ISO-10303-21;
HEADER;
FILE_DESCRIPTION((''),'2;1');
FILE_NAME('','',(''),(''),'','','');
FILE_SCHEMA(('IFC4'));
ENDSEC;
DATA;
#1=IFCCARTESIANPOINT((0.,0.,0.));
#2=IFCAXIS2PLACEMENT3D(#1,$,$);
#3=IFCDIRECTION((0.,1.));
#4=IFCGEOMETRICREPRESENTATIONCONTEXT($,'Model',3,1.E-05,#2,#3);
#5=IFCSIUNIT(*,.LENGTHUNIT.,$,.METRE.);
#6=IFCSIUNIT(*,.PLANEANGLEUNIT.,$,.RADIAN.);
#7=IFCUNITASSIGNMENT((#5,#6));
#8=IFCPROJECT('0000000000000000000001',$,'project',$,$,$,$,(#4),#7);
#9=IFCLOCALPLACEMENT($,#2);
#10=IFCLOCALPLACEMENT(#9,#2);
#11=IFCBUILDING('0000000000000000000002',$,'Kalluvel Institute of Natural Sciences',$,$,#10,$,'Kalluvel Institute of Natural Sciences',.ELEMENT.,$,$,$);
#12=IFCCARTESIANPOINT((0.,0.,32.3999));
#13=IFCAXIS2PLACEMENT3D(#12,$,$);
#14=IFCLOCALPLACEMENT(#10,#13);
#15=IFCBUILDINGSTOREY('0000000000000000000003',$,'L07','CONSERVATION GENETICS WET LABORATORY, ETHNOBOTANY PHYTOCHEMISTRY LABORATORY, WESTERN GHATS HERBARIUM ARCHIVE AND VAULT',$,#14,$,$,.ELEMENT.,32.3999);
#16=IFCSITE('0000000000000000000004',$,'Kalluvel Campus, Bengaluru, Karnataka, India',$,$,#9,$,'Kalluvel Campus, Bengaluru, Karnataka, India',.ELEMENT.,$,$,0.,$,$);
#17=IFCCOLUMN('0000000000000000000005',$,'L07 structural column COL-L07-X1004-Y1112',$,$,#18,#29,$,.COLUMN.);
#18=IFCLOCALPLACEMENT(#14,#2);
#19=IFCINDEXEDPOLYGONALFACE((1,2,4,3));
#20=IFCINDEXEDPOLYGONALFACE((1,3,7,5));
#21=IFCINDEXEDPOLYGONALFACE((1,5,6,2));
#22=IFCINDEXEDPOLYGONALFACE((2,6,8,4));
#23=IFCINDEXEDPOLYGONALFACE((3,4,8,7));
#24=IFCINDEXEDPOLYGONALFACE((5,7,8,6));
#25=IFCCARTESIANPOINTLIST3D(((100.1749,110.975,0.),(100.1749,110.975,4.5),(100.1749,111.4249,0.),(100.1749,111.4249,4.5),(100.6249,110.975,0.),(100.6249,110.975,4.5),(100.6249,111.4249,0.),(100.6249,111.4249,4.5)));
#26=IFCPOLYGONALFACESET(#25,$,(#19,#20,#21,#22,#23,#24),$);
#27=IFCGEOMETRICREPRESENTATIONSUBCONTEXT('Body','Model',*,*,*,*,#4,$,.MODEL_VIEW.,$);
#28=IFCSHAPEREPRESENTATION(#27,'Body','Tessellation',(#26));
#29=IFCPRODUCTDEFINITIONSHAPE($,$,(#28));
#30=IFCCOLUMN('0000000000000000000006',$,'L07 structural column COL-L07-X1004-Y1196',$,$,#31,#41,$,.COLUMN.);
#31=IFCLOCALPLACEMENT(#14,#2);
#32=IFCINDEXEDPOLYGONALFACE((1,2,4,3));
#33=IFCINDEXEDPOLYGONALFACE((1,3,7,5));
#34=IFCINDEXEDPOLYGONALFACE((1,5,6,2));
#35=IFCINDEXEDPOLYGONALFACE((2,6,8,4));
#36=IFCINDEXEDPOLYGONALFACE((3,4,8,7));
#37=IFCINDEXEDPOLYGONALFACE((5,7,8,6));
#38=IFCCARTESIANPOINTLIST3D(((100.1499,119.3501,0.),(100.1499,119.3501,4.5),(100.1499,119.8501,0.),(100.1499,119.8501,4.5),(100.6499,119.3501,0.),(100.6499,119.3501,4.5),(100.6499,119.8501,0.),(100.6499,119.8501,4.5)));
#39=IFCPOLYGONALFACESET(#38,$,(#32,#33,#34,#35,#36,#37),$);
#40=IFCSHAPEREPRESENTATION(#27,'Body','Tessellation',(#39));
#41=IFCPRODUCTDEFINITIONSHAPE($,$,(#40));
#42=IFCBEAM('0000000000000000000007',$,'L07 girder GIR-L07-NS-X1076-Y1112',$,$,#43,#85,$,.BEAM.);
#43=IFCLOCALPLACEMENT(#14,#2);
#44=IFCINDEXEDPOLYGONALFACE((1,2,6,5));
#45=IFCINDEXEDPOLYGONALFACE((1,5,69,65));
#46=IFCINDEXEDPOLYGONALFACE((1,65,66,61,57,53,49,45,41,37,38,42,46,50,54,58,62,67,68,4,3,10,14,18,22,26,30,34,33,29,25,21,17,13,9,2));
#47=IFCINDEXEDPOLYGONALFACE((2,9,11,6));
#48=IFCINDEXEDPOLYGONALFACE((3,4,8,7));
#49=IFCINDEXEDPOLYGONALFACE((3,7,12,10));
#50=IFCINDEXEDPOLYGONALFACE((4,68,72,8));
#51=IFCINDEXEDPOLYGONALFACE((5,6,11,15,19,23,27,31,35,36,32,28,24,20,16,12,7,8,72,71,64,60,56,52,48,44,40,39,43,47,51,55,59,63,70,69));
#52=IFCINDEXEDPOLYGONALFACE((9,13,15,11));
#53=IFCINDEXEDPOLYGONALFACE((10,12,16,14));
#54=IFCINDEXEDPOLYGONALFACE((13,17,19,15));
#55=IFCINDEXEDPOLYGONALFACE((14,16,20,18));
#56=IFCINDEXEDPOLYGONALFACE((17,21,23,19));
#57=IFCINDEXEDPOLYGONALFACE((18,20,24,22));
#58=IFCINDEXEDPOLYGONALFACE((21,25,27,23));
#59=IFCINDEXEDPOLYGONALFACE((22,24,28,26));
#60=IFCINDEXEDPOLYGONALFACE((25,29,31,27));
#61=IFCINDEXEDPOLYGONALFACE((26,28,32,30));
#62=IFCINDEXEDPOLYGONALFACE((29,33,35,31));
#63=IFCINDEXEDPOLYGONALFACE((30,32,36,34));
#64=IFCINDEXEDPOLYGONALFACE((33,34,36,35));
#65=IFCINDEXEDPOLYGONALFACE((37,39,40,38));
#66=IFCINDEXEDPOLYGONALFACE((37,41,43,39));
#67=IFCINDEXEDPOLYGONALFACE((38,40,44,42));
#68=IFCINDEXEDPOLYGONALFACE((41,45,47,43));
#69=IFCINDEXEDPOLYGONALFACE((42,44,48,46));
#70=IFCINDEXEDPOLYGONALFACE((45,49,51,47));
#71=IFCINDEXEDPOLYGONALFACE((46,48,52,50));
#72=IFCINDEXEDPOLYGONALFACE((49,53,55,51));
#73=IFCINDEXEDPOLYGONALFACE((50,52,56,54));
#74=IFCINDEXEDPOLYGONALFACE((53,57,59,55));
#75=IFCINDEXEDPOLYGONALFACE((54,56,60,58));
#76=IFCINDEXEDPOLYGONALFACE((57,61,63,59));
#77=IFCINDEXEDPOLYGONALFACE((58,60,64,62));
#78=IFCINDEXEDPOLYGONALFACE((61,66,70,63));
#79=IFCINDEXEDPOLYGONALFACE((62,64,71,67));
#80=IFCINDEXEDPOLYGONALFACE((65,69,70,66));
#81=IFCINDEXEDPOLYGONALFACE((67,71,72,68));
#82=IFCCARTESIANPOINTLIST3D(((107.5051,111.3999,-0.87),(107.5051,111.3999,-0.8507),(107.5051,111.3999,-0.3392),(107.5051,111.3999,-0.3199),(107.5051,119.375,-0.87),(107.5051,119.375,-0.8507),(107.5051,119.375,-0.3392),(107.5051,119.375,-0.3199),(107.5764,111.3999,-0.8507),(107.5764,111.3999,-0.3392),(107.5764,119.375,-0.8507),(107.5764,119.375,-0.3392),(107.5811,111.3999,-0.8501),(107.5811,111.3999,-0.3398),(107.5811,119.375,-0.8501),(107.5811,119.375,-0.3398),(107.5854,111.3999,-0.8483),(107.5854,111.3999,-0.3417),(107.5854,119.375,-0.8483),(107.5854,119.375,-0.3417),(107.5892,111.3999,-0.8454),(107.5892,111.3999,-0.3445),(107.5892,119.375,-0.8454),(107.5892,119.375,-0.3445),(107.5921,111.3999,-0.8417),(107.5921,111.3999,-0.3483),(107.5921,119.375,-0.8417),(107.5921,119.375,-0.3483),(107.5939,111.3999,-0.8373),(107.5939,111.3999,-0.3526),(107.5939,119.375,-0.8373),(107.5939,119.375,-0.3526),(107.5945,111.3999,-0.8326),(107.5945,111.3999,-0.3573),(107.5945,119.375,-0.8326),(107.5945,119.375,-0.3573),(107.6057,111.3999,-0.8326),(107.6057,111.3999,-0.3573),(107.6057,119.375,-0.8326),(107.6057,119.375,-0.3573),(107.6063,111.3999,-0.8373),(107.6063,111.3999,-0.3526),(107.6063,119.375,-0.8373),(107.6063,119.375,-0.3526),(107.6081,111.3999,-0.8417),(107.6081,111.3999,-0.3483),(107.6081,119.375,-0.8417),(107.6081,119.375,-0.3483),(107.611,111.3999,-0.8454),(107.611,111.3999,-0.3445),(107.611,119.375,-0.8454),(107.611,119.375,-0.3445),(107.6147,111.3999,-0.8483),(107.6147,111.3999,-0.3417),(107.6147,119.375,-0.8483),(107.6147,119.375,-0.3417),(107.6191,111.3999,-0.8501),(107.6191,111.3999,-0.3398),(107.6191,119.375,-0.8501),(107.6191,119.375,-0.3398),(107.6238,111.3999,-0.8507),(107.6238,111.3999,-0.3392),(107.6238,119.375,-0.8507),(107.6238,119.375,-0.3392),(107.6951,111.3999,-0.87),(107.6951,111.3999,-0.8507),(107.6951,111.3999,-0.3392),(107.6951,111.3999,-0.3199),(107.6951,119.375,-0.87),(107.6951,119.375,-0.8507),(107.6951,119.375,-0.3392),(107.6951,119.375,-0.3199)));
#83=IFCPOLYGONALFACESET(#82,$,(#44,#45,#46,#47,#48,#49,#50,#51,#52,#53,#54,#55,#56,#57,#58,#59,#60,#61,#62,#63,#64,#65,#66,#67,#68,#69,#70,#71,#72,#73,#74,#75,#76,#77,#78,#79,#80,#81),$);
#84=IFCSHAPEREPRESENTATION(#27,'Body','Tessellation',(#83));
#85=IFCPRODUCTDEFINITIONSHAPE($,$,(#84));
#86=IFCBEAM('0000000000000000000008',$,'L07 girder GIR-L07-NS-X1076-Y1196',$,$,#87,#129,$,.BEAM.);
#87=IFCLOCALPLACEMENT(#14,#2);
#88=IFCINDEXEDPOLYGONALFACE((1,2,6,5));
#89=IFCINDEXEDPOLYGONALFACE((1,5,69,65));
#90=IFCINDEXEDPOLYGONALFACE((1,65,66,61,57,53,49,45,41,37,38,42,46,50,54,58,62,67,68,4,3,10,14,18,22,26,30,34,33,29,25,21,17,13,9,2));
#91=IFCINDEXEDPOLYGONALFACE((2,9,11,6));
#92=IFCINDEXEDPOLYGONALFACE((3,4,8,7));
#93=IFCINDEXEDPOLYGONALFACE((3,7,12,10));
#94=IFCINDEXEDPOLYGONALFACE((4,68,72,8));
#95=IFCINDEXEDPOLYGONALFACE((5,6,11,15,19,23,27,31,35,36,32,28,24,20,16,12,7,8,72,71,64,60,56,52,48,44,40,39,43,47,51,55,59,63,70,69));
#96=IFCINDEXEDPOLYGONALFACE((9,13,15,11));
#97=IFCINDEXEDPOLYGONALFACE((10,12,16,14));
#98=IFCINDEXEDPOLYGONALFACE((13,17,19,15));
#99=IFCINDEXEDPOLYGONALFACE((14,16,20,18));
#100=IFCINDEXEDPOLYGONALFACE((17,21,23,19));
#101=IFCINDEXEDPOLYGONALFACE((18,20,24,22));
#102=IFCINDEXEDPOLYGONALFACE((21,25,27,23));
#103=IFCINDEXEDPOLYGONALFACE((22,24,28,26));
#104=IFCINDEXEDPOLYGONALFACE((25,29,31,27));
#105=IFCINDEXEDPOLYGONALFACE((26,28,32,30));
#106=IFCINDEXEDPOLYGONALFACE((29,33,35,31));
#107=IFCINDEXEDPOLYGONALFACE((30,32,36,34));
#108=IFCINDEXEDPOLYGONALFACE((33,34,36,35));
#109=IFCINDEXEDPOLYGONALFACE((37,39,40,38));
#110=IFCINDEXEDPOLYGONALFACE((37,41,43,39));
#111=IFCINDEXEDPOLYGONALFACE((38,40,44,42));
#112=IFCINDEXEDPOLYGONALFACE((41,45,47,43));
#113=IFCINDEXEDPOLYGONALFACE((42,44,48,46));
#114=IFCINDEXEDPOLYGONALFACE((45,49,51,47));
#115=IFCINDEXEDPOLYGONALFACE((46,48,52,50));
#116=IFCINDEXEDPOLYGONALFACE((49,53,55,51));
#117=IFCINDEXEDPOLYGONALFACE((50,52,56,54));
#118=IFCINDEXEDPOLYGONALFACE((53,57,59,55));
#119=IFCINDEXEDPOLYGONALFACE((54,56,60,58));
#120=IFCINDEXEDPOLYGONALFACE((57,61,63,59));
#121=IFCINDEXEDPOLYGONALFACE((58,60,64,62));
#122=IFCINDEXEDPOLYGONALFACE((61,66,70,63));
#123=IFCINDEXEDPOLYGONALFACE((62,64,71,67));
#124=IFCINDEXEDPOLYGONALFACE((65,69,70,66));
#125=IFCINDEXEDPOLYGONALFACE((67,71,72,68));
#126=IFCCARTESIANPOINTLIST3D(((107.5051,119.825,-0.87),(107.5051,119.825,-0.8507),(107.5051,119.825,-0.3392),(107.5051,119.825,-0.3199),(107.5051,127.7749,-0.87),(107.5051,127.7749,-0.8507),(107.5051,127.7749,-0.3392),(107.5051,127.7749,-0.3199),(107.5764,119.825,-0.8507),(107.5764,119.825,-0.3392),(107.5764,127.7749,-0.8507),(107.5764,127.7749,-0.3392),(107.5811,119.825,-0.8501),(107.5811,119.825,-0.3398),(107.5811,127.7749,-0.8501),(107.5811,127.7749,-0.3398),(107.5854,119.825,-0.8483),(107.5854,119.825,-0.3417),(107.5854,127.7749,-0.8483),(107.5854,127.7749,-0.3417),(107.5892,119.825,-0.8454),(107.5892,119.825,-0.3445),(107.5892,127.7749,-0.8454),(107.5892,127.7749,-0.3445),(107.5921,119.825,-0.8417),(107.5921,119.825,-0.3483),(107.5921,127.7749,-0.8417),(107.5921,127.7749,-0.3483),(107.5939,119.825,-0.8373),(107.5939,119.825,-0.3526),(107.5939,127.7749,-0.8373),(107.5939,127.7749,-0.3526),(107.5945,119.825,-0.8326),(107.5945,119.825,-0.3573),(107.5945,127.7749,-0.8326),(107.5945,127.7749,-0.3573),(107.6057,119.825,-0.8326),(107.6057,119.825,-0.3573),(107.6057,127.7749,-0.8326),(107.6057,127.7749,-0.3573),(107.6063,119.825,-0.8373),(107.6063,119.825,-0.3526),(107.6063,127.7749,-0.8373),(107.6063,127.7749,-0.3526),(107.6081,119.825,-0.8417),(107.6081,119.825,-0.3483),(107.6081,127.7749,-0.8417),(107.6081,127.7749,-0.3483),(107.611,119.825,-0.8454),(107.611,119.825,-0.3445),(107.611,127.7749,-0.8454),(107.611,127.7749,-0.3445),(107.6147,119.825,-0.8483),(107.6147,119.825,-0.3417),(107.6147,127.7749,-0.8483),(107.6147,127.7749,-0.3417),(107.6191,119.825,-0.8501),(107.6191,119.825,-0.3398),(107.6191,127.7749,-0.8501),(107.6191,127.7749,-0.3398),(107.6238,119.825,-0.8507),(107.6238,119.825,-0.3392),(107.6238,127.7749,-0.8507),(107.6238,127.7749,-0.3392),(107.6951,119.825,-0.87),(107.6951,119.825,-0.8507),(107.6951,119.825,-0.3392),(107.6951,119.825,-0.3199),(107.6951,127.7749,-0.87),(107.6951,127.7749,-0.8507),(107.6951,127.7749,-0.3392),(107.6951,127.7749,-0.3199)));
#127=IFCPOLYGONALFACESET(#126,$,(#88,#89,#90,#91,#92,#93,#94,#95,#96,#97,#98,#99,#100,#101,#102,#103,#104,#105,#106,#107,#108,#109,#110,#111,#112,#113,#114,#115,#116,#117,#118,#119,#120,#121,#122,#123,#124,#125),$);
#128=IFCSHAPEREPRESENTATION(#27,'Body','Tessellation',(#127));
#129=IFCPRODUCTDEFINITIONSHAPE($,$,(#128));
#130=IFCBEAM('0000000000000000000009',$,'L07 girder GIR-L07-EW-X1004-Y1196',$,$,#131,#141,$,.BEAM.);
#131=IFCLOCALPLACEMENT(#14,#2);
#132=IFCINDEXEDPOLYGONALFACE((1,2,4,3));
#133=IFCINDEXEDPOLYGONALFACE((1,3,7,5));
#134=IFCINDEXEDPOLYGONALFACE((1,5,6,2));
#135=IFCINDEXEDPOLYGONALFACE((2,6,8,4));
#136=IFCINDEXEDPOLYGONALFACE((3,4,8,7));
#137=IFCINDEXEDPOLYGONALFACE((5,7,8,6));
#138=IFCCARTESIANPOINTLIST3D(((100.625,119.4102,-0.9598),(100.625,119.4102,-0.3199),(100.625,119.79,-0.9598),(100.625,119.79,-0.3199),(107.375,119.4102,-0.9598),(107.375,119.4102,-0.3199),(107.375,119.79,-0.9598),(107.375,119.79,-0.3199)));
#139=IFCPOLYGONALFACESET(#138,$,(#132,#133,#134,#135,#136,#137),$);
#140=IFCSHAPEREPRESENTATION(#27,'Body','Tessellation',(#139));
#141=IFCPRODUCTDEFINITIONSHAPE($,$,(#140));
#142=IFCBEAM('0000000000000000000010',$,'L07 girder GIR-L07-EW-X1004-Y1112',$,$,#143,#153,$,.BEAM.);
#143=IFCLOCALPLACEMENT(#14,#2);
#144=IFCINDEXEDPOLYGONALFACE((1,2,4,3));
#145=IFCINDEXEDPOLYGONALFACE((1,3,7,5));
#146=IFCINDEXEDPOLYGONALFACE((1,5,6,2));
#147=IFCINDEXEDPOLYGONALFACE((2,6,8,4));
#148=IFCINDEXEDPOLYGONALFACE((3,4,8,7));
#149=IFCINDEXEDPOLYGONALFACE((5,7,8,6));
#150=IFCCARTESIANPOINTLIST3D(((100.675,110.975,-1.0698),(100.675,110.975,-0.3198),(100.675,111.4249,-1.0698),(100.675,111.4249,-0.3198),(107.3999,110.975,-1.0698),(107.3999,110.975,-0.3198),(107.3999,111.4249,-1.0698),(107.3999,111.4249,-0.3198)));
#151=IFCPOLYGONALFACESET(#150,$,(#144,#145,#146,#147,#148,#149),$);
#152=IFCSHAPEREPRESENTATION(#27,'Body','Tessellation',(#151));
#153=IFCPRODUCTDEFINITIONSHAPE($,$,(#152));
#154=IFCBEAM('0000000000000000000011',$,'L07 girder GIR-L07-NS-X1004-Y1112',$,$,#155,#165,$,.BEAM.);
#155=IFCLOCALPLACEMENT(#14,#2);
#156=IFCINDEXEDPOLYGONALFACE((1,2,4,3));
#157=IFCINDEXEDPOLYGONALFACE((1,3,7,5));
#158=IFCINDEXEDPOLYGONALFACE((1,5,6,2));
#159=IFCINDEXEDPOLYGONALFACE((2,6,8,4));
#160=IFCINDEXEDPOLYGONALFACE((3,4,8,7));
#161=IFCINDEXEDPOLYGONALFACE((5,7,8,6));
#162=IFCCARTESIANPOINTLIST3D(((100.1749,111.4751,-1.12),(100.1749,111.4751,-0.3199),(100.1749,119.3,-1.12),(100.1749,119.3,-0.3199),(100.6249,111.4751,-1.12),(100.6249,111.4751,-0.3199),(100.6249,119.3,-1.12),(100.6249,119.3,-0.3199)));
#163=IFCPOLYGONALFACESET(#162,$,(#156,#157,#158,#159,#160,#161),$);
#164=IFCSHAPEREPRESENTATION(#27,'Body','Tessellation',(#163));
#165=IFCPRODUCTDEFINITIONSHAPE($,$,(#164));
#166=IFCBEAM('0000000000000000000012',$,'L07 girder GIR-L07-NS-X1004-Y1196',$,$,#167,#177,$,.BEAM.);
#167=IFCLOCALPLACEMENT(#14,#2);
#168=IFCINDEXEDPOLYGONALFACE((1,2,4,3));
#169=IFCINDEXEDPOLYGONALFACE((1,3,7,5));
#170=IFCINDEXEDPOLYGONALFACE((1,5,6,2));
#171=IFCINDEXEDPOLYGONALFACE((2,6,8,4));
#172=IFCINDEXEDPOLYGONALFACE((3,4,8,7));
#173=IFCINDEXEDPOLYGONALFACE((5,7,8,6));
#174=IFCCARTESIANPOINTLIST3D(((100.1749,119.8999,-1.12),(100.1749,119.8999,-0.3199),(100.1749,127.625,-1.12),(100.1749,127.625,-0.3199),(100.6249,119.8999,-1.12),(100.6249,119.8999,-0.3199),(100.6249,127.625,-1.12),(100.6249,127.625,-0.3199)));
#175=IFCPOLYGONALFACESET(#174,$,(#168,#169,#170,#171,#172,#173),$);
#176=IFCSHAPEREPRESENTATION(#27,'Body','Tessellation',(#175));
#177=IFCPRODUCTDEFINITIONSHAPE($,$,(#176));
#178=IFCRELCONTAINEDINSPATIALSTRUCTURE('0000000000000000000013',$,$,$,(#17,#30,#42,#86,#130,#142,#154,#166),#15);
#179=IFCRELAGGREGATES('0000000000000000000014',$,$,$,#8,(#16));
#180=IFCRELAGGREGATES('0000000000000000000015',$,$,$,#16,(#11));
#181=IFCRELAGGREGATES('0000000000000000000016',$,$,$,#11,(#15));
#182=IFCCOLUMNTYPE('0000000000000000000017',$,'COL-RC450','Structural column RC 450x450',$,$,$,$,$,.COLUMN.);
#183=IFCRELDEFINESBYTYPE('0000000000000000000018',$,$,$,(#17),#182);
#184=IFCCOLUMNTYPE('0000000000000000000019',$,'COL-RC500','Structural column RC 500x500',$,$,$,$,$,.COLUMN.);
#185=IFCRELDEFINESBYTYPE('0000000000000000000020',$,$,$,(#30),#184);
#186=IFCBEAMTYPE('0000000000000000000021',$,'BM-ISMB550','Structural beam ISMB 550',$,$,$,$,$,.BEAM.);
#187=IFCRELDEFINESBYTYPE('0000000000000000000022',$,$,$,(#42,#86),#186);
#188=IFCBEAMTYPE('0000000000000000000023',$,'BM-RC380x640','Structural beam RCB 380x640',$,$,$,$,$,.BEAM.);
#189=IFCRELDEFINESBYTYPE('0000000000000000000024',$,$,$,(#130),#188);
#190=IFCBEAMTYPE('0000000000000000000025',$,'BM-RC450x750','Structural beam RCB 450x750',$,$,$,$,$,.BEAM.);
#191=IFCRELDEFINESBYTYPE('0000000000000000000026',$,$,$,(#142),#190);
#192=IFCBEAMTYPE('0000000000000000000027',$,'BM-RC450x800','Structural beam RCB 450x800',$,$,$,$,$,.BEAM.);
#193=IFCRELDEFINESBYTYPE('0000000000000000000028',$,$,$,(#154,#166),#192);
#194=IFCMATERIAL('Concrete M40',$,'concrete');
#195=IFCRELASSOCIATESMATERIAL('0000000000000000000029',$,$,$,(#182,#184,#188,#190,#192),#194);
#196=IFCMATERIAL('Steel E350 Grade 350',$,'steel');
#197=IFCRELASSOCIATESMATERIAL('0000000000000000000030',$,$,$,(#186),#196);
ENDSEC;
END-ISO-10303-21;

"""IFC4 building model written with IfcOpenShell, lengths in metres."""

from ifc_helpers import new_model, si_unit, direction, frame, origin, origin_2d, place, context, subcontext, project, spatial, rectangle, i_section, extrude, material, material_profile, profile_set, type_object, element, save


model = new_model("IFC4")

# Units and contexts
model_context = context("Model", 3, precision=1e-05, world=origin(), true_north=direction((0.0, 1.0)))
body_context = subcontext(model_context, "Body", "Model", "MODEL_VIEW")
ifc_project = project(units=[si_unit("LENGTHUNIT", "METRE"), si_unit("PLANEANGLEUNIT", "RADIAN")], contexts=[model_context])

# Site, building, storey
site_placement = place(None, origin())
site = spatial("IfcSite", under=ifc_project, at=site_placement, Name="Kalluvel Campus, Bengaluru, Karnataka, India", LongName="Kalluvel Campus, Bengaluru, Karnataka, India", CompositionType="ELEMENT", RefElevation=0.0)
building_placement = place(site_placement, origin())
building = spatial("IfcBuilding", under=site, at=building_placement, Name="Kalluvel Institute of Natural Sciences", LongName="Kalluvel Institute of Natural Sciences", CompositionType="ELEMENT")
storey_placement = place(building_placement, frame((0.0, 0.0, 32.3999)))
storey = spatial("IfcBuildingStorey", under=building, at=storey_placement, Name="L07", Description="CONSERVATION GENETICS WET LABORATORY, ETHNOBOTANY PHYTOCHEMISTRY LABORATORY, WESTERN GHATS HERBARIUM ARCHIVE AND VAULT", CompositionType="ELEMENT", Elevation=32.3999)

# Columns
ifc_material_1 = material(Name="Concrete M40", Category="concrete")
ifc_material_profile_1 = material_profile(ifc_material_1, rectangle(XDim=0.45, YDim=0.45, at=origin_2d()), Name="RC 450x450")
ifc_profile_set_1 = profile_set([ifc_material_profile_1], Name="Concrete M40")
column_type_1 = type_object("IfcColumnType", Name="COL-RC450", Description="Structural column RC 450x450", PredefinedType="COLUMN", material=ifc_profile_set_1)
column_1_placement = place(storey_placement, frame((100.3999, 111.2, 0.0), z_axis=(0.0, 0.0, 1.0), x_axis=(1.0, 0.0, 0.0)))
element("IfcColumn", 1, at=column_1_placement, inside=storey, type_object=column_type_1, Name="L07 structural column COL-L07-X1004-Y1112", PredefinedType="COLUMN", context=body_context, shape_type="SweptSolid", body=[
    extrude(rectangle(XDim=0.45, YDim=0.45, at=origin_2d()), origin(), (0.0, 0.0, 1.0), 4.5),
])
ifc_material_profile_2 = material_profile(ifc_material_1, rectangle(XDim=0.5, YDim=0.5, at=origin_2d()), Name="RC 500x500")
ifc_profile_set_2 = profile_set([ifc_material_profile_2], Name="Concrete M40")
column_type_2 = type_object("IfcColumnType", Name="COL-RC500", Description="Structural column RC 500x500", PredefinedType="COLUMN", material=ifc_profile_set_2)
column_2_placement = place(storey_placement, frame((100.3999, 119.6001, 0.0), z_axis=(0.0, 0.0, 1.0), x_axis=(1.0, 0.0, 0.0)))
element("IfcColumn", 2, at=column_2_placement, inside=storey, type_object=column_type_2, Name="L07 structural column COL-L07-X1004-Y1196", PredefinedType="COLUMN", context=body_context, shape_type="SweptSolid", body=[
    extrude(rectangle(XDim=0.5, YDim=0.5, at=origin_2d()), origin(), (0.0, 0.0, 1.0), 4.5),
])

# Beams
ifc_material_2 = material(Name="Steel E350 Grade 350", Category="steel")
ifc_material_profile_3 = material_profile(ifc_material_2, i_section(OverallWidth=0.1899, OverallDepth=0.55, WebThickness=0.0112, FlangeThickness=0.0193, FilletRadius=0.0181, at=origin_2d()), Name="ISMB 550")
ifc_profile_set_3 = profile_set([ifc_material_profile_3], Name="Steel E350 Grade 350")
beam_type_1 = type_object("IfcBeamType", Name="BM-ISMB550", Description="Structural beam ISMB 550", PredefinedType="BEAM", material=ifc_profile_set_3)
beam_1_placement = place(storey_placement, frame((107.6001, 111.3999, -0.595), z_axis=(0.0, 1.0, 0.0), x_axis=(-1.0, 0.0, 0.0)))
element("IfcBeam", 3, at=beam_1_placement, inside=storey, type_object=beam_type_1, Name="L07 girder GIR-L07-NS-X1076-Y1112", PredefinedType="BEAM", context=body_context, shape_type="SweptSolid", body=[
    extrude(i_section(OverallWidth=0.1899, OverallDepth=0.55, WebThickness=0.0112, FlangeThickness=0.0193, FilletRadius=0.0181, at=origin_2d()), origin(), (0.0, 0.0, 1.0), 7.9751),
])
beam_2_placement = place(storey_placement, frame((107.6001, 119.825, -0.595), z_axis=(0.0, 1.0, 0.0), x_axis=(-1.0, 0.0, 0.0)))
element("IfcBeam", 4, at=beam_2_placement, inside=storey, type_object=beam_type_1, Name="L07 girder GIR-L07-NS-X1076-Y1196", PredefinedType="BEAM", context=body_context, shape_type="SweptSolid", body=[
    extrude(i_section(OverallWidth=0.1899, OverallDepth=0.55, WebThickness=0.0112, FlangeThickness=0.0193, FilletRadius=0.0181, at=origin_2d()), origin(), (0.0, 0.0, 1.0), 7.95),
])
ifc_material_profile_4 = material_profile(ifc_material_1, rectangle(XDim=0.3799, YDim=0.6399, at=origin_2d()), Name="RCB 380x640")
ifc_profile_set_4 = profile_set([ifc_material_profile_4], Name="Concrete M40")
beam_type_2 = type_object("IfcBeamType", Name="BM-RC380x640", Description="Structural beam RCB 380x640", PredefinedType="BEAM", material=ifc_profile_set_4)
beam_3_placement = place(storey_placement, frame((100.625, 119.6001, -0.6399), z_axis=(1.0, 0.0, 0.0), x_axis=(0.0, 1.0, 0.0)))
element("IfcBeam", 5, at=beam_3_placement, inside=storey, type_object=beam_type_2, Name="L07 girder GIR-L07-EW-X1004-Y1196", PredefinedType="BEAM", context=body_context, shape_type="SweptSolid", body=[
    extrude(rectangle(XDim=0.3799, YDim=0.6399, at=origin_2d()), origin(), (0.0, 0.0, 1.0), 6.75),
])
ifc_material_profile_5 = material_profile(ifc_material_1, rectangle(XDim=0.45, YDim=0.75, at=origin_2d()), Name="RCB 450x750")
ifc_profile_set_5 = profile_set([ifc_material_profile_5], Name="Concrete M40")
beam_type_3 = type_object("IfcBeamType", Name="BM-RC450x750", Description="Structural beam RCB 450x750", PredefinedType="BEAM", material=ifc_profile_set_5)
beam_4_placement = place(storey_placement, frame((100.675, 111.2, -0.6948), z_axis=(1.0, 0.0, 0.0), x_axis=(0.0, 1.0, 0.0)))
element("IfcBeam", 6, at=beam_4_placement, inside=storey, type_object=beam_type_3, Name="L07 girder GIR-L07-EW-X1004-Y1112", PredefinedType="BEAM", context=body_context, shape_type="SweptSolid", body=[
    extrude(rectangle(XDim=0.45, YDim=0.75, at=origin_2d()), origin(), (0.0, 0.0, 1.0), 6.7249),
])
ifc_material_profile_6 = material_profile(ifc_material_1, rectangle(XDim=0.45, YDim=0.8, at=origin_2d()), Name="RCB 450x800")
ifc_profile_set_6 = profile_set([ifc_material_profile_6], Name="Concrete M40")
beam_type_4 = type_object("IfcBeamType", Name="BM-RC450x800", Description="Structural beam RCB 450x800", PredefinedType="BEAM", material=ifc_profile_set_6)
beam_5_placement = place(storey_placement, frame((100.3999, 111.4751, -0.72), z_axis=(0.0, 1.0, 0.0), x_axis=(-1.0, 0.0, 0.0)))
element("IfcBeam", 7, at=beam_5_placement, inside=storey, type_object=beam_type_4, Name="L07 girder GIR-L07-NS-X1004-Y1112", PredefinedType="BEAM", context=body_context, shape_type="SweptSolid", body=[
    extrude(rectangle(XDim=0.45, YDim=0.8, at=origin_2d()), origin(), (0.0, 0.0, 1.0), 7.825),
])
beam_6_placement = place(storey_placement, frame((100.3999, 119.8999, -0.72), z_axis=(0.0, 1.0, 0.0), x_axis=(-1.0, 0.0, 0.0)))
element("IfcBeam", 8, at=beam_6_placement, inside=storey, type_object=beam_type_4, Name="L07 girder GIR-L07-NS-X1004-Y1196", PredefinedType="BEAM", context=body_context, shape_type="SweptSolid", body=[
    extrude(rectangle(XDim=0.45, YDim=0.8, at=origin_2d()), origin(), (0.0, 0.0, 1.0), 7.7251),
])

save(model, "model.ifc")
